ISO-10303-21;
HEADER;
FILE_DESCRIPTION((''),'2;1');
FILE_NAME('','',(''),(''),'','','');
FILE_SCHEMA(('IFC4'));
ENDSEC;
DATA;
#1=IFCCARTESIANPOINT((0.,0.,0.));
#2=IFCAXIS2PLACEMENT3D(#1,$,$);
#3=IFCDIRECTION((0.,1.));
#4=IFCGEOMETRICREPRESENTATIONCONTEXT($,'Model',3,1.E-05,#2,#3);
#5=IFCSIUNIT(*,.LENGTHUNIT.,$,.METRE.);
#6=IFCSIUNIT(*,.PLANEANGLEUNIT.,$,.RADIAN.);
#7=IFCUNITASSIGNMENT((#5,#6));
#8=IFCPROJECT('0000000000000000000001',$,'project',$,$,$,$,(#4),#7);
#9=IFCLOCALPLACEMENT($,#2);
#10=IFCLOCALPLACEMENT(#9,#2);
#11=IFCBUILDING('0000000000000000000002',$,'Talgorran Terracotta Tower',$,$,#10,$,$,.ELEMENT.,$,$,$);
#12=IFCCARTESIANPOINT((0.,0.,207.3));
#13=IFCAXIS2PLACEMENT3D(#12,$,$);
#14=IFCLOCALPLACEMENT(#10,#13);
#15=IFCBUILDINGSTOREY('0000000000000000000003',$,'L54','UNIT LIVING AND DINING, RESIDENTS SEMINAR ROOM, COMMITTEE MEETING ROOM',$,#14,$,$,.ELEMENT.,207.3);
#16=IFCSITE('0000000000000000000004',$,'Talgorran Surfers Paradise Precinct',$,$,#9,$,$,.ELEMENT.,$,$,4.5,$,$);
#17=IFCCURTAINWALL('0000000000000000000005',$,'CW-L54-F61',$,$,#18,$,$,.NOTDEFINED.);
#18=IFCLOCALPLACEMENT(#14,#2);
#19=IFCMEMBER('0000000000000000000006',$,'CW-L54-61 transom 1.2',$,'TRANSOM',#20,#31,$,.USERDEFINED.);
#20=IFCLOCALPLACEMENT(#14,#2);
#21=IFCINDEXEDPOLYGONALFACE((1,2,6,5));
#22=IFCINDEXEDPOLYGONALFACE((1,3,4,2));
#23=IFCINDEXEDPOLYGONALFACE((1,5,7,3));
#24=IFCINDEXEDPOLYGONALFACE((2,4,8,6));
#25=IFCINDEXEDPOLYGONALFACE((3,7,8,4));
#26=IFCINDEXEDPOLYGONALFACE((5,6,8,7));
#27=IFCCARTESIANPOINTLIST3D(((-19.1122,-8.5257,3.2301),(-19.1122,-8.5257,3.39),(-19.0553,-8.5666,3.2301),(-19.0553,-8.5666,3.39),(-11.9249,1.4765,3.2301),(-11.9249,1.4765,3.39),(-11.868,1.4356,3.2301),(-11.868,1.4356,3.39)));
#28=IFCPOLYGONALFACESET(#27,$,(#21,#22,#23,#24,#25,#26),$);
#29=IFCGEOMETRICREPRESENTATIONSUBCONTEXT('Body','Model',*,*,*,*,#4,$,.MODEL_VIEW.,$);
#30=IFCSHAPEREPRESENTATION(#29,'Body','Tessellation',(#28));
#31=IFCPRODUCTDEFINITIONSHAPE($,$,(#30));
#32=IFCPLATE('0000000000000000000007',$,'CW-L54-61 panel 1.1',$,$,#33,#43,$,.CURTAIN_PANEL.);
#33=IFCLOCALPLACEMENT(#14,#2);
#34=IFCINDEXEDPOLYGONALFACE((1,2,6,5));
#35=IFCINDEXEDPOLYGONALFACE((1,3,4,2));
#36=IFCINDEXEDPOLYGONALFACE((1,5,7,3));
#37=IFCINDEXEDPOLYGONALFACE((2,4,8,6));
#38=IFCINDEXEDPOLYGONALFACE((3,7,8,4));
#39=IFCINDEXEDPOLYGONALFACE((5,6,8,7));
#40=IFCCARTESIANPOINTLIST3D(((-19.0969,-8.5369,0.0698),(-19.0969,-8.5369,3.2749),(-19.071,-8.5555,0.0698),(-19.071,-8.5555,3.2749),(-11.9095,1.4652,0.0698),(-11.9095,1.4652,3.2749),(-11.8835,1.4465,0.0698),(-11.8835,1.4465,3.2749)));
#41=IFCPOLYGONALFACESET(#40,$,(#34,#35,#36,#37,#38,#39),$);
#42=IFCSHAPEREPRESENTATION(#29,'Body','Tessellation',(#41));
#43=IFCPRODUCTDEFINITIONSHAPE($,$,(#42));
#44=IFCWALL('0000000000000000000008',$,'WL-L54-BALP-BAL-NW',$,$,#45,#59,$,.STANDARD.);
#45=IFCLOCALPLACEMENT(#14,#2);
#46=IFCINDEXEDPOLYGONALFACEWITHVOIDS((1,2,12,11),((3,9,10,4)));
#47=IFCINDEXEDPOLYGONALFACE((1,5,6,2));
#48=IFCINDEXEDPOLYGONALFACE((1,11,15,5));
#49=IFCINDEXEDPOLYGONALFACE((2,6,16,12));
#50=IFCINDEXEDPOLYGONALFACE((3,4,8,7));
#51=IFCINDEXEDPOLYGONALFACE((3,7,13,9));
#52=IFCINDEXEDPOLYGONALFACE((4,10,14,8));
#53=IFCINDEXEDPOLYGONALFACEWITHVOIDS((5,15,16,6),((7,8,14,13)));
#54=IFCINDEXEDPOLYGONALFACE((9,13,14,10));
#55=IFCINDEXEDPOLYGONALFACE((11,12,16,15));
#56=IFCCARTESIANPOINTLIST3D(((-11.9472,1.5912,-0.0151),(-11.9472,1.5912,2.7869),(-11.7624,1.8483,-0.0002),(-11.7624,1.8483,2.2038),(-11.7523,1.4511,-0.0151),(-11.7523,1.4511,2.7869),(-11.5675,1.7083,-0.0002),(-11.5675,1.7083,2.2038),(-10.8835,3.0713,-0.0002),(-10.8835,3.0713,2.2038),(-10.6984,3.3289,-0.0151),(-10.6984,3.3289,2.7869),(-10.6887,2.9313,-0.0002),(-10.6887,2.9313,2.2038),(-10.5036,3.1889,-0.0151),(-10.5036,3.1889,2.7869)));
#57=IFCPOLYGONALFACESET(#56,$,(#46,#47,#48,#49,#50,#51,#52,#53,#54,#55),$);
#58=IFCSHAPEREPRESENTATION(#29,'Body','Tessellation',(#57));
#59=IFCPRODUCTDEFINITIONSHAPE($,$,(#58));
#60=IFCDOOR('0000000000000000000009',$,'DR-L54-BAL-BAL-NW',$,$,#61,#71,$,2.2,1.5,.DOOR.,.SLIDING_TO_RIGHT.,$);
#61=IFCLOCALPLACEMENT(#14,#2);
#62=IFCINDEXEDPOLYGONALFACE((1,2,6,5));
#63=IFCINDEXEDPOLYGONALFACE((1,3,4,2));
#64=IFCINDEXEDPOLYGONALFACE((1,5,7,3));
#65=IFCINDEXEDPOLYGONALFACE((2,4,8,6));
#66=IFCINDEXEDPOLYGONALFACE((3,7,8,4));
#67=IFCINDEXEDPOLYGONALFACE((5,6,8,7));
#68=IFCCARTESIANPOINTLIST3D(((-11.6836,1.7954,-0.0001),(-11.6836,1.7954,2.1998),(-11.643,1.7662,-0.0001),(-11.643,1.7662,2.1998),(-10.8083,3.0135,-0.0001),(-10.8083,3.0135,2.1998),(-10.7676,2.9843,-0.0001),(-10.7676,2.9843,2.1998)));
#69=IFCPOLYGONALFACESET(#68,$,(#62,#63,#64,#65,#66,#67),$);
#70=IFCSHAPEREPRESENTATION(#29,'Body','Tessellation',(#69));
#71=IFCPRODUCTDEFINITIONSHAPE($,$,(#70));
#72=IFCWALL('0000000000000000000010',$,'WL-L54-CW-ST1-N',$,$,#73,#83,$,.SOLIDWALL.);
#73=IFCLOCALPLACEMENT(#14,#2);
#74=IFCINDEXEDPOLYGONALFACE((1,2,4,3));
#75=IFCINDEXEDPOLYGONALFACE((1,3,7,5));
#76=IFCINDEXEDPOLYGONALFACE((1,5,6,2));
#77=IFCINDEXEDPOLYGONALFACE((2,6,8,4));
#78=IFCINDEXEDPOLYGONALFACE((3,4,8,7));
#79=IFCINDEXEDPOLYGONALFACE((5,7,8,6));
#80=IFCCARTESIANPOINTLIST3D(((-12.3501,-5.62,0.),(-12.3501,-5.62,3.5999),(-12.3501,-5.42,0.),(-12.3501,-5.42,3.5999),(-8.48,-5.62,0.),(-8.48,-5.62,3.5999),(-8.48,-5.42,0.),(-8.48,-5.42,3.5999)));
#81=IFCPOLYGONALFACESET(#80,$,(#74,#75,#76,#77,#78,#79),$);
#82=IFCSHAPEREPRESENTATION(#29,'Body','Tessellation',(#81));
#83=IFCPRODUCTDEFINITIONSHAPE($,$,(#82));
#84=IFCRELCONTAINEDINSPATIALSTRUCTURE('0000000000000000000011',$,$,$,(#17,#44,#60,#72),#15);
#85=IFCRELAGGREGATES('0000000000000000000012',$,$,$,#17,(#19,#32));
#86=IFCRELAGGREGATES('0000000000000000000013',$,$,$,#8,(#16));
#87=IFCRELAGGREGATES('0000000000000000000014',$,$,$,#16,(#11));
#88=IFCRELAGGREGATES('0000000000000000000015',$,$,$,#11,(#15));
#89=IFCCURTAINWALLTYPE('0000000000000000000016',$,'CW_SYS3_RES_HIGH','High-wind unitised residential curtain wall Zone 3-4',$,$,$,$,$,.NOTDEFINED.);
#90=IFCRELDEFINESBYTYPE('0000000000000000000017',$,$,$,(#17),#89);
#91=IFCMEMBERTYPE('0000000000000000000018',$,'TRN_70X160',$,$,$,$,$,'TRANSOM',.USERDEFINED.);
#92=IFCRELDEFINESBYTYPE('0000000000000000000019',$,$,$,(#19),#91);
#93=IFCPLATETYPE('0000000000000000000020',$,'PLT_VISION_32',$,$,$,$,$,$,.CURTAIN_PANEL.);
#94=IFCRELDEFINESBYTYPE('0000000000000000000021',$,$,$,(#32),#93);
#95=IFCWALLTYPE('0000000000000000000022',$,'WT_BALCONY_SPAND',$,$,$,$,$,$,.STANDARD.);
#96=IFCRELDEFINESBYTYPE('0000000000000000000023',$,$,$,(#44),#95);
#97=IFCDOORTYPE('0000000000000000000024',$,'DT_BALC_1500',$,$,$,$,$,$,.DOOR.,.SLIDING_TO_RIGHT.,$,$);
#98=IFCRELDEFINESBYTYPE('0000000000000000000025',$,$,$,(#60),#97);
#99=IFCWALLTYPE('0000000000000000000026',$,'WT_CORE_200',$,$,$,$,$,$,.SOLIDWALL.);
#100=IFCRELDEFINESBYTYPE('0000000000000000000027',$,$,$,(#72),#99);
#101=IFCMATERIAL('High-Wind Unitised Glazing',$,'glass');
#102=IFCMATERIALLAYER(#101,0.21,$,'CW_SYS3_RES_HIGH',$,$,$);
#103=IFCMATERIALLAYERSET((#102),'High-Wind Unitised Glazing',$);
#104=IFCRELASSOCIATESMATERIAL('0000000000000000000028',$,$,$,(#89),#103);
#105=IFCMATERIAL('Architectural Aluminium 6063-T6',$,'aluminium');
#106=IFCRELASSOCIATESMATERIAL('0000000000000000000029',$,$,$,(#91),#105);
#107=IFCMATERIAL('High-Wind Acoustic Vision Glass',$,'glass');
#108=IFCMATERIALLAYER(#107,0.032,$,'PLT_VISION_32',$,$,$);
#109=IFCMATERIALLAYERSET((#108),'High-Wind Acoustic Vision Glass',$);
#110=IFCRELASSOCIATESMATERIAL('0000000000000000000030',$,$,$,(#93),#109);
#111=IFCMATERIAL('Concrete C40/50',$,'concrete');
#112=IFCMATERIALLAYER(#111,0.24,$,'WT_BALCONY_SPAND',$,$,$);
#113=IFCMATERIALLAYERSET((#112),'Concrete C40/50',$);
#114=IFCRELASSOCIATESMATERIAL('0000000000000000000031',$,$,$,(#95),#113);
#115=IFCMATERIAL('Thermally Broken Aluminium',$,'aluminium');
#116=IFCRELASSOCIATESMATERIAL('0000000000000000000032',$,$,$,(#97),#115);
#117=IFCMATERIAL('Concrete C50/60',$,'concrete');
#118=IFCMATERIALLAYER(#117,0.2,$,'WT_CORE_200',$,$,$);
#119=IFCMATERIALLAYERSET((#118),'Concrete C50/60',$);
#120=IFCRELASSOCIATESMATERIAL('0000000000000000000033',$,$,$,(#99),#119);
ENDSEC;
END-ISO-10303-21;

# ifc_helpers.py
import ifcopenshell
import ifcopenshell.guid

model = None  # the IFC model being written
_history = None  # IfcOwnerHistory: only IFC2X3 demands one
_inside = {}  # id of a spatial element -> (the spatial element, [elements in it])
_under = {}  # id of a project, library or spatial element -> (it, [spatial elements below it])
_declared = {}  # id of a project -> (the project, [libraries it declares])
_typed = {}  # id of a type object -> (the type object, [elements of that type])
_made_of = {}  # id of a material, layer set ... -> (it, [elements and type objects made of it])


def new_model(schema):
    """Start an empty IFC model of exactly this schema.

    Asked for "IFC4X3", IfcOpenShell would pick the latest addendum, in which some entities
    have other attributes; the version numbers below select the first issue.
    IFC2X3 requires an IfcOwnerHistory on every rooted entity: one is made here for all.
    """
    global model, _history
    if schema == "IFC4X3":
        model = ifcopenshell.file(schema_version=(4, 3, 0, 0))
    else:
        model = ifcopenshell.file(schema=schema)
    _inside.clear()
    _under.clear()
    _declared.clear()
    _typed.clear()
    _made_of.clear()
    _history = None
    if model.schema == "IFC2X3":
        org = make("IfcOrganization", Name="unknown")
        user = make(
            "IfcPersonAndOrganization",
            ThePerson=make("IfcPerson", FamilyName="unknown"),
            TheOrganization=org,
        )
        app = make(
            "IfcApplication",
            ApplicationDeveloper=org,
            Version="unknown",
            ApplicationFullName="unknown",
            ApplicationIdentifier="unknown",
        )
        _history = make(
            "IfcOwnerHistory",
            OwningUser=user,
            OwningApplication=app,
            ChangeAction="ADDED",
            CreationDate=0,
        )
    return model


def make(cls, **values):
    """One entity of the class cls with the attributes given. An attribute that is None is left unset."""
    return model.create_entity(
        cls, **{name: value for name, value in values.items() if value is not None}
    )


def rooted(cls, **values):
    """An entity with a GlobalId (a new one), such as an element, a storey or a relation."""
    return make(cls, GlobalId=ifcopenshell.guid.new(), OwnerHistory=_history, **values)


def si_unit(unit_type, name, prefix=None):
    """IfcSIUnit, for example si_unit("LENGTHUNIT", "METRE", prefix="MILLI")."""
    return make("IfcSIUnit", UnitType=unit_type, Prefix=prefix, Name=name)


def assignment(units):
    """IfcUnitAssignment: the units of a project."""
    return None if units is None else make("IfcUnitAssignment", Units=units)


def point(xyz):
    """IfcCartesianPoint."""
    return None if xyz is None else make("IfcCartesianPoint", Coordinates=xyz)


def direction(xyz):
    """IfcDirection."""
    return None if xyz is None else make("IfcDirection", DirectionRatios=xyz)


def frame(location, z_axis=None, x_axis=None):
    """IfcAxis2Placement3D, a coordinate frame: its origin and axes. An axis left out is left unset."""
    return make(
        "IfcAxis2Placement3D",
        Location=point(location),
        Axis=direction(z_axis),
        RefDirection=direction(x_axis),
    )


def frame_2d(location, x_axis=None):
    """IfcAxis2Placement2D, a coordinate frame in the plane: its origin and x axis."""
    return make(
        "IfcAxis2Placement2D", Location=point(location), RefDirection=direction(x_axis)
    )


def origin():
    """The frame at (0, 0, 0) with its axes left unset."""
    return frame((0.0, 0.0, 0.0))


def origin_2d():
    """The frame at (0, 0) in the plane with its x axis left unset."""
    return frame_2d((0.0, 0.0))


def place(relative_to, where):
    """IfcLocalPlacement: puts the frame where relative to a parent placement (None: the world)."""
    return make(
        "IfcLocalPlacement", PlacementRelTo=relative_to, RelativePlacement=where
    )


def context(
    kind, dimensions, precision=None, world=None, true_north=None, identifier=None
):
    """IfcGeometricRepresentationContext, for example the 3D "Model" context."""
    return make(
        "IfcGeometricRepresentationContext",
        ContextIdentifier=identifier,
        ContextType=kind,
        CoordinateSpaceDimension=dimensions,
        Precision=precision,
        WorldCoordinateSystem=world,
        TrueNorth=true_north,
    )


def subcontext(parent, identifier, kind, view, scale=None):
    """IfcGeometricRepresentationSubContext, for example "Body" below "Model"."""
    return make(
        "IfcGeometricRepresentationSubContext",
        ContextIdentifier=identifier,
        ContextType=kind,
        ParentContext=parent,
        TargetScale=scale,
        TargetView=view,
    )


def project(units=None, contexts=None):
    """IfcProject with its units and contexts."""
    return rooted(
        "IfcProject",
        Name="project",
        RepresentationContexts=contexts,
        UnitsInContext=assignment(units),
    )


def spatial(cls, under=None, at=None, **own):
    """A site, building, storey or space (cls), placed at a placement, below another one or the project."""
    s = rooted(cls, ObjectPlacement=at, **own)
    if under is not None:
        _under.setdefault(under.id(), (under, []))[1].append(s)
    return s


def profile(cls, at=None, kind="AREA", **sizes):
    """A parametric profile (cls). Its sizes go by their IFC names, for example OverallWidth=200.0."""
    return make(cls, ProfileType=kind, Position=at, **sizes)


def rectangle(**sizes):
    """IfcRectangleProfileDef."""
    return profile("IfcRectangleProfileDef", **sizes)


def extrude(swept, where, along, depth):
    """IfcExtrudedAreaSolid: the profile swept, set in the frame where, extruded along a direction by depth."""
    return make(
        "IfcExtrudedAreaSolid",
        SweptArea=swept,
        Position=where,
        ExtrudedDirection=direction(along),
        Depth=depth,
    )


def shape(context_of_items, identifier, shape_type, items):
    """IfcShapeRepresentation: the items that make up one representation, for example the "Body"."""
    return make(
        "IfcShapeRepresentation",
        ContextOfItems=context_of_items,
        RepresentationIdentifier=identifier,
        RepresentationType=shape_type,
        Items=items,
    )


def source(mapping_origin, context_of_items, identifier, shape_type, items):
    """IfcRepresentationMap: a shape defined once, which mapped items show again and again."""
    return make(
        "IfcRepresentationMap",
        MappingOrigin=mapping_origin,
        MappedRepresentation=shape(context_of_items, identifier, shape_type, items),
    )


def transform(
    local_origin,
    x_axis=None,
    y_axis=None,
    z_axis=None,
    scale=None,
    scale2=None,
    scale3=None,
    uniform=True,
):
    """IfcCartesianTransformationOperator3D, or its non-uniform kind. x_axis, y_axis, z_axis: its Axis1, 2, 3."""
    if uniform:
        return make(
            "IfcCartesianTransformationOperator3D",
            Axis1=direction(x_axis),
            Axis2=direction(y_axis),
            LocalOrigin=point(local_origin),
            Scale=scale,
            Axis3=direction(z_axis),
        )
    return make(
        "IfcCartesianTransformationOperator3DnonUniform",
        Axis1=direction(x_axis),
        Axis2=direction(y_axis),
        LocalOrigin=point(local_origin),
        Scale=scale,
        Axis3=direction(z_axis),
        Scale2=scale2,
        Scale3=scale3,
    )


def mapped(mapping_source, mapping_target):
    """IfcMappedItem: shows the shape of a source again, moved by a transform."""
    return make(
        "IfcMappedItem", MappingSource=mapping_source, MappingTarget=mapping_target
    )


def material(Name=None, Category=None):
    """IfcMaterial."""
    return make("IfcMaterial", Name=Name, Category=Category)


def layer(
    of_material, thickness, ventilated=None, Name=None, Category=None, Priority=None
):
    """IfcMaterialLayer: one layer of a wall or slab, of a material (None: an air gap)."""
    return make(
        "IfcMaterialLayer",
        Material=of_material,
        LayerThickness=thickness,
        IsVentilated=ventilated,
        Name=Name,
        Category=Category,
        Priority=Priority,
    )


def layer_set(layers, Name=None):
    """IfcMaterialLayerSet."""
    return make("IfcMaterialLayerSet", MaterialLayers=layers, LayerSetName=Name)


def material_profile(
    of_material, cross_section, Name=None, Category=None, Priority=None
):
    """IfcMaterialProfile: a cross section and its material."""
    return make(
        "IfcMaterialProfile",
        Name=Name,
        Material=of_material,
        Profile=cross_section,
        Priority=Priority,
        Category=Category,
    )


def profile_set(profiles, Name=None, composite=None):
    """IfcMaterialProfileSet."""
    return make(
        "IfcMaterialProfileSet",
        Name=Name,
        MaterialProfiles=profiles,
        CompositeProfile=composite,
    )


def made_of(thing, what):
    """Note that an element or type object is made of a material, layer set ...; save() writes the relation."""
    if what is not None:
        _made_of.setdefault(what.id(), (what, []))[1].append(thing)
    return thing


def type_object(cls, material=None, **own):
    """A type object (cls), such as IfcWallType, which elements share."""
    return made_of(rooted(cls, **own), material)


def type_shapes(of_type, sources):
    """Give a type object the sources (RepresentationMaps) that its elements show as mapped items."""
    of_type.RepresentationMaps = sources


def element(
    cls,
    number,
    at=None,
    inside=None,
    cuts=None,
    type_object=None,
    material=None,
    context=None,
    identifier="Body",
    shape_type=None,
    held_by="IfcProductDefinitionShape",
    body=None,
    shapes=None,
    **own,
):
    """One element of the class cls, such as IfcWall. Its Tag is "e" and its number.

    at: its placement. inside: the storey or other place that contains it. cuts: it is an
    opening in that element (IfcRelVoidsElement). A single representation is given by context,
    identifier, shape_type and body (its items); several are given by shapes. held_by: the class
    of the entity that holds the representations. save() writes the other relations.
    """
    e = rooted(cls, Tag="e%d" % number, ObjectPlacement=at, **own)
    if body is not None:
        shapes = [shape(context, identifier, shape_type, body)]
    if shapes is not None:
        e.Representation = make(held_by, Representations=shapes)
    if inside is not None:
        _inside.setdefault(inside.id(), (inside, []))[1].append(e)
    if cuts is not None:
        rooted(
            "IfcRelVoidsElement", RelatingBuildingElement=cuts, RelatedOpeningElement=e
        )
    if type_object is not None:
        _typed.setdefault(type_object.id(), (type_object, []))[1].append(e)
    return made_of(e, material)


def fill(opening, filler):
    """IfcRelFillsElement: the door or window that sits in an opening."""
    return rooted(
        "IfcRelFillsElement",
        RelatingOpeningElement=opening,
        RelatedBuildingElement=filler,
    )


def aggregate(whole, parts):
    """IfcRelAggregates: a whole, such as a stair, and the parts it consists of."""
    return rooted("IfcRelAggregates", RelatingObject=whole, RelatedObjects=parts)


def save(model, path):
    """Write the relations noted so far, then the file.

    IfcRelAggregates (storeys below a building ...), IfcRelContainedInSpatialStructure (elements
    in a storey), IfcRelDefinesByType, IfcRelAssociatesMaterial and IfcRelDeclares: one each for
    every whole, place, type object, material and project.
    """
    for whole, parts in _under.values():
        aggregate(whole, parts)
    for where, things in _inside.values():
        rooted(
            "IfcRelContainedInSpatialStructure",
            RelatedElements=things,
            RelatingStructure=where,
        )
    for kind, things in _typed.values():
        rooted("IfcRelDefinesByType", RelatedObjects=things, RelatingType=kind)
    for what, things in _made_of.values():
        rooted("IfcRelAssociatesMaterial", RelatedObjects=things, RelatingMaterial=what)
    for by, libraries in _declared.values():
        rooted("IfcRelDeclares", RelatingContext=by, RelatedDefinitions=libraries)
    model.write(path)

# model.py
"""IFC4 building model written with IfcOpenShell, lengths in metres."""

from ifc_helpers import new_model, si_unit, direction, frame, frame_2d, origin, origin_2d, place, context, subcontext, project, spatial, rectangle, extrude, source, transform, mapped, material, layer, layer_set, material_profile, profile_set, type_object, type_shapes, element, fill, aggregate, save


model = new_model("IFC4")

# Units and contexts
model_context = context("Model", 3, precision=1e-05, world=origin(), true_north=direction((0.0, 1.0)))
body_context = subcontext(model_context, "Body", "Model", "MODEL_VIEW")
ifc_project = project(units=[si_unit("LENGTHUNIT", "METRE"), si_unit("PLANEANGLEUNIT", "RADIAN")], contexts=[model_context])

# Site, building, storey
site_placement = place(None, origin())
site = spatial("IfcSite", under=ifc_project, at=site_placement, Name="Talgorran Surfers Paradise Precinct", CompositionType="ELEMENT", RefElevation=4.5)
building_placement = place(site_placement, origin())
building = spatial("IfcBuilding", under=site, at=building_placement, Name="Talgorran Terracotta Tower", CompositionType="ELEMENT")
storey_placement = place(building_placement, frame((0.0, 0.0, 207.3)))
storey = spatial("IfcBuildingStorey", under=building, at=storey_placement, Name="L54", Description="UNIT LIVING AND DINING, RESIDENTS SEMINAR ROOM, COMMITTEE MEETING ROOM", CompositionType="ELEMENT", Elevation=207.3)

# Curtain wall, member, plate
ifc_material_1 = material(Name="High-Wind Unitised Glazing", Category="glass")
ifc_layer_1 = layer(ifc_material_1, 0.21, Name="CW_SYS3_RES_HIGH")
ifc_layer_set_1 = layer_set([ifc_layer_1], Name="High-Wind Unitised Glazing")
curtain_wall_type = type_object("IfcCurtainWallType", Name="CW_SYS3_RES_HIGH", Description="High-wind unitised residential curtain wall Zone 3-4", PredefinedType="NOTDEFINED", material=ifc_layer_set_1)
curtain_wall_placement = place(storey_placement, origin())
curtain_wall = element("IfcCurtainWall", 1, at=curtain_wall_placement, inside=storey, type_object=curtain_wall_type, Name="CW-L54-F61", PredefinedType="NOTDEFINED")
ifc_material_2 = material(Name="Architectural Aluminium 6063-T6", Category="aluminium")
ifc_material_profile_1 = material_profile(ifc_material_2, rectangle(XDim=0.0701, YDim=0.1599, at=origin_2d()), Name="CWT70X160")
ifc_profile_set_1 = profile_set([ifc_material_profile_1], Name="Architectural Aluminium 6063-T6")
member_type_1 = type_object("IfcMemberType", Name="TRN_70X160", ElementType="TRANSOM", PredefinedType="USERDEFINED", material=ifc_profile_set_1)
member_1_placement = place(storey_placement, frame((-11.8965, 1.4561, 3.3101), z_axis=(-0.583538, -0.812086, 0.0), x_axis=(0.812086, -0.583538, 0.0)))
member_1 = element("IfcMember", 2, at=member_1_placement, type_object=member_type_1, Name="CW-L54-61 transom 1.2", ObjectType="TRANSOM", PredefinedType="USERDEFINED", context=body_context, shape_type="SweptSolid", body=[
    extrude(rectangle(XDim=0.0701, YDim=0.1599, at=origin_2d()), origin(), (0.0, 0.0, 1.0), 12.3167),
])
ifc_material_3 = material(Name="High-Wind Acoustic Vision Glass", Category="glass")
ifc_layer_2 = layer(ifc_material_3, 0.032, Name="PLT_VISION_32")
ifc_layer_set_2 = layer_set([ifc_layer_2], Name="High-Wind Acoustic Vision Glass")
plate_type = type_object("IfcPlateType", Name="PLT_VISION_32", PredefinedType="CURTAIN_PANEL", material=ifc_layer_set_2)
shared_shape = source(origin(), body_context, "Body", "SweptSolid", [
    extrude(rectangle(XDim=12.3167, YDim=0.032, at=origin_2d()), origin(), (0.0, 0.0, 1.0), 3.2051),
])
type_shapes(plate_type, [shared_shape])
plate_placement = place(storey_placement, frame((-15.4902, -3.5452, 0.0698), z_axis=(0.0, 0.0, 1.0), x_axis=(-0.583554, -0.812075, 0.0)))
plate = element("IfcPlate", 3, at=plate_placement, type_object=plate_type, Name="CW-L54-61 panel 1.1", PredefinedType="CURTAIN_PANEL", context=body_context, shape_type="MappedRepresentation", body=[
    mapped(shared_shape, transform((0.0, 0.0, 0.0), scale=1.0)),
])
aggregate(curtain_wall, [member_1, plate])

# Wall, opening, door
ifc_material_4 = material(Name="Concrete C40/50", Category="concrete")
ifc_layer_3 = layer(ifc_material_4, 0.24, Name="WT_BALCONY_SPAND")
ifc_layer_set_3 = layer_set([ifc_layer_3], Name="Concrete C40/50")
wall_type_1 = type_object("IfcWallType", Name="WT_BALCONY_SPAND", PredefinedType="STANDARD", material=ifc_layer_set_3)
wall_1_placement = place(storey_placement, frame((-10.6011, 3.2588, -0.0151), z_axis=(0.0, 0.0, 1.0), x_axis=(-0.583556, -0.812073, 0.0)))
wall_1 = element("IfcWall", 4, at=wall_1_placement, inside=storey, type_object=wall_type_1, Name="WL-L54-BALP-BAL-NW", PredefinedType="STANDARD", context=body_context, shape_type="SweptSolid", body=[
    extrude(rectangle(XDim=2.1399, YDim=0.24, at=frame_2d((1.0698, 0.0))), origin(), (0.0, 0.0, 1.0), 2.802),
])
opening_1_placement = place(wall_1_placement, frame((0.3201, 0.0, 0.0149)))
opening_1 = element("IfcOpeningElement", 5, at=opening_1_placement, cuts=wall_1, PredefinedType="OPENING", context=body_context, shape_type="SweptSolid", body=[
    extrude(rectangle(XDim=1.506, YDim=2.204, at=frame_2d((0.75, 1.1021))), frame((0.0, 0.1299, 0.0), z_axis=(0.0, -1.0, 0.0), x_axis=(1.0, 0.0, 0.0)), (0.0, 0.0, 1.0), 0.26),
])
ifc_material_5 = material(Name="Thermally Broken Aluminium", Category="aluminium")
door_type_1 = type_object("IfcDoorType", Name="DT_BALC_1500", OperationType="SLIDING_TO_RIGHT", PredefinedType="DOOR", material=ifc_material_5)
door_1_placement = place(opening_1_placement, origin())
door_1 = element("IfcDoor", 6, at=door_1_placement, inside=storey, type_object=door_type_1, Name="DR-L54-BAL-BAL-NW", OperationType="SLIDING_TO_RIGHT", OverallHeight=2.2, OverallWidth=1.5, PredefinedType="DOOR", context=body_context, shape_type="SweptSolid", body=[
    extrude(rectangle(XDim=1.5, YDim=2.2, at=frame_2d((0.75, 1.1001))), frame((0.0, 0.0249, 0.0), z_axis=(0.0, -1.0, 0.0), x_axis=(1.0, 0.0, 0.0)), (0.0, 0.0, 1.0), 0.05),
])
fill(opening_1, door_1)

# Wall
ifc_material_6 = material(Name="Concrete C50/60", Category="concrete")
ifc_layer_4 = layer(ifc_material_6, 0.2, Name="WT_CORE_200")
ifc_layer_set_4 = layer_set([ifc_layer_4], Name="Concrete C50/60")
wall_type_2 = type_object("IfcWallType", Name="WT_CORE_200", PredefinedType="SOLIDWALL", material=ifc_layer_set_4)
wall_2_placement = place(storey_placement, frame((-12.3501, -5.52, 0.0), z_axis=(0.0, 0.0, 1.0), x_axis=(1.0, 0.0, 0.0)))
element("IfcWall", 7, at=wall_2_placement, inside=storey, type_object=wall_type_2, Name="WL-L54-CW-ST1-N", PredefinedType="SOLIDWALL", context=body_context, shape_type="SweptSolid", body=[
    extrude(rectangle(XDim=3.8701, YDim=0.2, at=frame_2d((1.9351, 0.0))), origin(), (0.0, 0.0, 1.0), 3.5999),
])

save(model, "model.ifc")
